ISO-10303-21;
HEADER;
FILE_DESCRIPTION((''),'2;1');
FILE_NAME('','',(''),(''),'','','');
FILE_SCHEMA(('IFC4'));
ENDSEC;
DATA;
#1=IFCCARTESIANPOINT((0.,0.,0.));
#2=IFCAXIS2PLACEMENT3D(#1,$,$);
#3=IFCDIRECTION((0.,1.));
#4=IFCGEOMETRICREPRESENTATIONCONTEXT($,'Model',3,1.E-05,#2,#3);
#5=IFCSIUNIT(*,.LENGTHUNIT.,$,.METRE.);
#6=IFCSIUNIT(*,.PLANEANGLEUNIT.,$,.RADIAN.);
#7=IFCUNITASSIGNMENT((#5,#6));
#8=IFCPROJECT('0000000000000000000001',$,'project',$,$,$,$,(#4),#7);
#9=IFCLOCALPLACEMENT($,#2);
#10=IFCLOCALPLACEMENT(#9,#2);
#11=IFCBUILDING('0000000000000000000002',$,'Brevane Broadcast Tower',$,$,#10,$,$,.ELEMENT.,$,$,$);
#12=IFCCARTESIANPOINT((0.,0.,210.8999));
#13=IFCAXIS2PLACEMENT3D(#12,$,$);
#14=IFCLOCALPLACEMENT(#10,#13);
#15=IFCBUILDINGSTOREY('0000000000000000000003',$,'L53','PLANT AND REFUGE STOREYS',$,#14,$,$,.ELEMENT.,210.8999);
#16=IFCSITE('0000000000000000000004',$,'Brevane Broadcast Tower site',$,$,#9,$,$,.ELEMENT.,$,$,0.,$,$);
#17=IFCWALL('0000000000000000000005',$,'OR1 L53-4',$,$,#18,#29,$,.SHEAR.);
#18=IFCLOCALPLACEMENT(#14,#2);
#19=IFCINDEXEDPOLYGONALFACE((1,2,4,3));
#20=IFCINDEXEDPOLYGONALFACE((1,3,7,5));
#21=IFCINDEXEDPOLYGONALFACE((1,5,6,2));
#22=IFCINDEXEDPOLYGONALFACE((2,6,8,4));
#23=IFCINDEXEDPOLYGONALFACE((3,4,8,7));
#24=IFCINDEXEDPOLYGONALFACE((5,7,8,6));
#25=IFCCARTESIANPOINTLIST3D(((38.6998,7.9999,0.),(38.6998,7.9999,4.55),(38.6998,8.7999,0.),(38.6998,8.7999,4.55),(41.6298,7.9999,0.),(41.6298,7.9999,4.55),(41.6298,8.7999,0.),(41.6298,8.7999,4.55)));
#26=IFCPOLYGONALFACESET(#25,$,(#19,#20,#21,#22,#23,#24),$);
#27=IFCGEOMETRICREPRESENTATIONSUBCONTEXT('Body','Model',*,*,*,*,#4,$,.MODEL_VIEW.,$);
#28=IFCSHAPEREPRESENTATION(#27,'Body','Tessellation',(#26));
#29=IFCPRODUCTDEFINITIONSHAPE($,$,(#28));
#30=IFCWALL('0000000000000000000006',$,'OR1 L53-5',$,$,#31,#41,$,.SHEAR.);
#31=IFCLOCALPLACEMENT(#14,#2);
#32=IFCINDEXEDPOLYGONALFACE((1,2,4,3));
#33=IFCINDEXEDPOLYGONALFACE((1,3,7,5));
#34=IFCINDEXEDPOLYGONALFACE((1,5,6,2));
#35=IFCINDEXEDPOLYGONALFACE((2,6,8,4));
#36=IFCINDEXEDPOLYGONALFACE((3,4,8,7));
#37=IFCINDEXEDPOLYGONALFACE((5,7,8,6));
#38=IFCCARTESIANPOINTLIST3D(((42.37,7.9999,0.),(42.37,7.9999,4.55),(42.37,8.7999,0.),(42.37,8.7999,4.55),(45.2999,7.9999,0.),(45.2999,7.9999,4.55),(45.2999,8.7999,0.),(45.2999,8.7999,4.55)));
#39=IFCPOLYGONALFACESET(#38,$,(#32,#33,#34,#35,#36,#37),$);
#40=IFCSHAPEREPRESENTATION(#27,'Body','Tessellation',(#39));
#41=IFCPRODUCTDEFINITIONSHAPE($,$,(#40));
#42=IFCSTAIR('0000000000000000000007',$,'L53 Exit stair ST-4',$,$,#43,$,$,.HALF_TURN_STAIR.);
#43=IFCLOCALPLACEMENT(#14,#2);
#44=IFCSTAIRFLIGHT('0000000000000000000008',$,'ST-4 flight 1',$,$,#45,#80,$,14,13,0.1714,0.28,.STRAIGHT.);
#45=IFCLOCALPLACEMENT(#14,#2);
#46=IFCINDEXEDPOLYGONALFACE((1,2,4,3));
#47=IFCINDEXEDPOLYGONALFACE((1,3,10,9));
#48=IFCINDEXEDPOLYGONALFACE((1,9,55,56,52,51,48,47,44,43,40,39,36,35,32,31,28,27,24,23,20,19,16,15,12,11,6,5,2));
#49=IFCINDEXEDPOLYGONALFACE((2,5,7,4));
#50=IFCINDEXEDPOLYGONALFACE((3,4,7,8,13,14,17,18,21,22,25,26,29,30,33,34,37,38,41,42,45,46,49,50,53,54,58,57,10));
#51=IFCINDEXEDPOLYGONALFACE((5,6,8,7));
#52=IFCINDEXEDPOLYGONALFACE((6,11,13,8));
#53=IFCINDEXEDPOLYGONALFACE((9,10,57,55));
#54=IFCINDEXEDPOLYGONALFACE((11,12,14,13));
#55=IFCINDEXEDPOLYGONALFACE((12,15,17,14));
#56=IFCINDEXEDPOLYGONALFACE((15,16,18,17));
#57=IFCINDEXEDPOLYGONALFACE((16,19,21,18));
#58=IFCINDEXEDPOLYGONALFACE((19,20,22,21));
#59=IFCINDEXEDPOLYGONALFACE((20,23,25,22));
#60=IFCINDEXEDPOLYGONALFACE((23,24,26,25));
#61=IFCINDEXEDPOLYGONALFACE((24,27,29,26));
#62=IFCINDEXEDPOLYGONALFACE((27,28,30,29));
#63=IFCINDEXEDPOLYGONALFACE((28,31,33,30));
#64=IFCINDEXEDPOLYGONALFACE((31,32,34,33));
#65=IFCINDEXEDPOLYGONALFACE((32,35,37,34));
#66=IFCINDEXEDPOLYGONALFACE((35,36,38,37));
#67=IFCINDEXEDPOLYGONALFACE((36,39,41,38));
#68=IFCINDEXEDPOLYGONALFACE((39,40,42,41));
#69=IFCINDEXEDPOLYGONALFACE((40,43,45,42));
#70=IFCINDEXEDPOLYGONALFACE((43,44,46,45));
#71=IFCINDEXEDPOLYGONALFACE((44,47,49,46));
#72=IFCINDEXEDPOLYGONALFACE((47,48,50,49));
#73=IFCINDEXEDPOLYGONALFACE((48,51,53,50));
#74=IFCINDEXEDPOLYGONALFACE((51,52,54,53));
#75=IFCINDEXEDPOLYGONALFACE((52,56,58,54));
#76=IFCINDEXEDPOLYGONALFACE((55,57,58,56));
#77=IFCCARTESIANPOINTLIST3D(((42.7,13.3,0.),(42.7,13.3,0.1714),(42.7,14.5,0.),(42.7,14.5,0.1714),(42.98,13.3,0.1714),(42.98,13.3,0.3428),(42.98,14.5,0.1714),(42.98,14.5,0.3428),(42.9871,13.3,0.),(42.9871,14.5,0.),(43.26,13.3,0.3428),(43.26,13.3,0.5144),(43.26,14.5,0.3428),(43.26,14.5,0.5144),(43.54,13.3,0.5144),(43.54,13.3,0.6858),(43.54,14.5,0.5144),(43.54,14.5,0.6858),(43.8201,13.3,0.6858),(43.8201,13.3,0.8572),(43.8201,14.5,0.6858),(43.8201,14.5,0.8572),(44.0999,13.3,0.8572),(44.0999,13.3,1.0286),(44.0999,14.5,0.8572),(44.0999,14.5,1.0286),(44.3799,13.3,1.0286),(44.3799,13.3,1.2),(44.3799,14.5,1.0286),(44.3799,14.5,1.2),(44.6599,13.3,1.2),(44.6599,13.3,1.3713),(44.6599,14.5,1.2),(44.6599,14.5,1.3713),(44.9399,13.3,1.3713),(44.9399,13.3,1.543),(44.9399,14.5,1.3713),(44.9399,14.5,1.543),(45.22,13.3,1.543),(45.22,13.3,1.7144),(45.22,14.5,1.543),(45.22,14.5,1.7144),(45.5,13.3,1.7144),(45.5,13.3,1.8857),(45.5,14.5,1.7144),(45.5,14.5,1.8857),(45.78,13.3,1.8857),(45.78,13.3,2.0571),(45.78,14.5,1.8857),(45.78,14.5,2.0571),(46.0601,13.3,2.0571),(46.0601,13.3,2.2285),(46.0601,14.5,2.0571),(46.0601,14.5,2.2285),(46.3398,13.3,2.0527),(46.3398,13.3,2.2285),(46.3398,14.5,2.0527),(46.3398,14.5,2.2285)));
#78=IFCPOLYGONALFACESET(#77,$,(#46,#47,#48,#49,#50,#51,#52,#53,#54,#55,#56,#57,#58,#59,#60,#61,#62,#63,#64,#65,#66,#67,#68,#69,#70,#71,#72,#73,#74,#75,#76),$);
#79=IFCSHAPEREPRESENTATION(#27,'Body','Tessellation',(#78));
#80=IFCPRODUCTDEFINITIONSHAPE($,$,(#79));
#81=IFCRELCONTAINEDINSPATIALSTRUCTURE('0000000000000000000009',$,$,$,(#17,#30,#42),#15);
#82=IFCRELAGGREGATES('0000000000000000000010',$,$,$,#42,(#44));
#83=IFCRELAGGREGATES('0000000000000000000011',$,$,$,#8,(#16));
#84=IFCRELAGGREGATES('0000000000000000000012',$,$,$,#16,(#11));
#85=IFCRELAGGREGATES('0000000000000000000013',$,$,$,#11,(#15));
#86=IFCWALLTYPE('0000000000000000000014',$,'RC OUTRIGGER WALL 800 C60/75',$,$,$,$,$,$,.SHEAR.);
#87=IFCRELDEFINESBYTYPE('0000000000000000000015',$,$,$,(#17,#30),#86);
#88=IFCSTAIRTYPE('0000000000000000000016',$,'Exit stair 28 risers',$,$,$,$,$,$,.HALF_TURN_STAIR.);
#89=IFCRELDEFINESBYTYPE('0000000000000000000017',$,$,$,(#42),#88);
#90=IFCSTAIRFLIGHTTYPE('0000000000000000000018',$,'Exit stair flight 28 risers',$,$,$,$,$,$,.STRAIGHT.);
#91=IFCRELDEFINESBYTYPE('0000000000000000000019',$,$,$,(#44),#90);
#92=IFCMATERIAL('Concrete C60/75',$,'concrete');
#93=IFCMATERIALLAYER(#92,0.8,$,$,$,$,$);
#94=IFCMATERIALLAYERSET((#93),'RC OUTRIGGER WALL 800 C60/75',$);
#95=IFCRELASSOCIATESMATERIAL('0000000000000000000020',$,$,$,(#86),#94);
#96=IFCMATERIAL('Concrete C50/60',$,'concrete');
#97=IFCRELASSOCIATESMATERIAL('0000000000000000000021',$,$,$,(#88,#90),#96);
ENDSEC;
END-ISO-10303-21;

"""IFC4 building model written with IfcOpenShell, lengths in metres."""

from ifc_helpers import new_model, si_unit, direction, frame, frame_2d, origin, place, context, subcontext, project, spatial, polyline, rectangle, outline, extrude, material, layer, layer_set, type_object, element, aggregate, save


model = new_model("IFC4")

# Units and contexts
model_context = context("Model", 3, precision=1e-05, world=origin(), true_north=direction((0.0, 1.0)))
body_context = subcontext(model_context, "Body", "Model", "MODEL_VIEW")
ifc_project = project(units=[si_unit("LENGTHUNIT", "METRE"), si_unit("PLANEANGLEUNIT", "RADIAN")], contexts=[model_context])

# Site, building, storey
site_placement = place(None, origin())
site = spatial("IfcSite", under=ifc_project, at=site_placement, Name="Brevane Broadcast Tower site", CompositionType="ELEMENT", RefElevation=0.0)
building_placement = place(site_placement, origin())
building = spatial("IfcBuilding", under=site, at=building_placement, Name="Brevane Broadcast Tower", CompositionType="ELEMENT")
storey_placement = place(building_placement, frame((0.0, 0.0, 210.8999)))
storey = spatial("IfcBuildingStorey", under=building, at=storey_placement, Name="L53", Description="PLANT AND REFUGE STOREYS", CompositionType="ELEMENT", Elevation=210.8999)

# Shared definitions
ifc_material_1 = material(Name="Concrete C50/60", Category="concrete")

# Walls
ifc_material_2 = material(Name="Concrete C60/75", Category="concrete")
ifc_layer_1 = layer(ifc_material_2, 0.8)
ifc_layer_set_1 = layer_set([ifc_layer_1], Name="RC OUTRIGGER WALL 800 C60/75")
wall_type_1 = type_object("IfcWallType", Name="RC OUTRIGGER WALL 800 C60/75", PredefinedType="SHEAR", material=ifc_layer_set_1)
for number, where, z_axis, x_axis, name in (
    (1, (38.7, 8.3999, 0.0), (0.0, 0.0, 1.0), (1.0, 0.0, 0.0), "OR1 L53-4"),
    (2, (42.3701, 8.3999, 0.0), (0.0, 0.0, 1.0), (1.0, 0.0, 0.0), "OR1 L53-5"),
):
    element("IfcWall", number, at=place(storey_placement, frame(where, z_axis=z_axis, x_axis=x_axis)), inside=storey, type_object=wall_type_1, Name=name, PredefinedType="SHEAR", context=body_context, shape_type="SweptSolid", body=[
        extrude(rectangle(XDim=2.9299, YDim=0.8, at=frame_2d((1.4648, 0.0))), origin(), (0.0, 0.0, 1.0), 4.55),
    ])

# Stair, stair flight
stair_type = type_object("IfcStairType", Name="Exit stair 28 risers", PredefinedType="HALF_TURN_STAIR", material=ifc_material_1)
stair_placement = place(storey_placement, origin())
stair = element("IfcStair", 3, at=stair_placement, inside=storey, type_object=stair_type, Name="L53 Exit stair ST-4", PredefinedType="HALF_TURN_STAIR")
stair_flight_type = type_object("IfcStairFlightType", Name="Exit stair flight 28 risers", PredefinedType="STRAIGHT", material=ifc_material_1)
stair_flight_placement = place(storey_placement, frame((42.7, 13.8999, 0.0), z_axis=(0.0, 0.0, 1.0), x_axis=(1.0, 0.0, 0.0)))
stair_flight = element("IfcStairFlight", 4, at=stair_flight_placement, type_object=stair_flight_type, Name="ST-4 flight 1", NumberOfRisers=14, NumberOfTreads=13, PredefinedType="STRAIGHT", RiserHeight=0.1714, TreadLength=0.28, context=body_context, shape_type="SweptSolid", body=[
    extrude(outline(polyline([(0.0, 0.0), (0.0, 0.1714), (0.28, 0.1714), (0.28, 0.3428), (0.5601, 0.3428), (0.5601, 0.5144), (0.8401, 0.5144), (0.8401, 0.6858), (1.1201, 0.6858), (1.1201, 0.8572), (1.3999, 0.8572), (1.3999, 1.0286), (1.6799, 1.0286), (1.6799, 1.2), (1.96, 1.2), (1.96, 1.3713), (2.24, 1.3713), (2.24, 1.543), (2.52, 1.543), (2.52, 1.7144), (2.8, 1.7144), (2.8, 1.8857), (3.0801, 1.8857), (3.0801, 2.0571), (3.3601, 2.0571), (3.3601, 2.2285), (3.6399, 2.2285), (3.6399, 2.3999), (3.6399, 2.0527), (0.2871, 0.0), (0.0, 0.0)])), frame((0.0, 0.6001, 0.0), z_axis=(0.0, -1.0, 0.0), x_axis=(1.0, 0.0, 0.0)), (0.0, 0.0, 1.0), 1.2),
])
aggregate(stair, [stair_flight])

save(model, "model.ifc")
